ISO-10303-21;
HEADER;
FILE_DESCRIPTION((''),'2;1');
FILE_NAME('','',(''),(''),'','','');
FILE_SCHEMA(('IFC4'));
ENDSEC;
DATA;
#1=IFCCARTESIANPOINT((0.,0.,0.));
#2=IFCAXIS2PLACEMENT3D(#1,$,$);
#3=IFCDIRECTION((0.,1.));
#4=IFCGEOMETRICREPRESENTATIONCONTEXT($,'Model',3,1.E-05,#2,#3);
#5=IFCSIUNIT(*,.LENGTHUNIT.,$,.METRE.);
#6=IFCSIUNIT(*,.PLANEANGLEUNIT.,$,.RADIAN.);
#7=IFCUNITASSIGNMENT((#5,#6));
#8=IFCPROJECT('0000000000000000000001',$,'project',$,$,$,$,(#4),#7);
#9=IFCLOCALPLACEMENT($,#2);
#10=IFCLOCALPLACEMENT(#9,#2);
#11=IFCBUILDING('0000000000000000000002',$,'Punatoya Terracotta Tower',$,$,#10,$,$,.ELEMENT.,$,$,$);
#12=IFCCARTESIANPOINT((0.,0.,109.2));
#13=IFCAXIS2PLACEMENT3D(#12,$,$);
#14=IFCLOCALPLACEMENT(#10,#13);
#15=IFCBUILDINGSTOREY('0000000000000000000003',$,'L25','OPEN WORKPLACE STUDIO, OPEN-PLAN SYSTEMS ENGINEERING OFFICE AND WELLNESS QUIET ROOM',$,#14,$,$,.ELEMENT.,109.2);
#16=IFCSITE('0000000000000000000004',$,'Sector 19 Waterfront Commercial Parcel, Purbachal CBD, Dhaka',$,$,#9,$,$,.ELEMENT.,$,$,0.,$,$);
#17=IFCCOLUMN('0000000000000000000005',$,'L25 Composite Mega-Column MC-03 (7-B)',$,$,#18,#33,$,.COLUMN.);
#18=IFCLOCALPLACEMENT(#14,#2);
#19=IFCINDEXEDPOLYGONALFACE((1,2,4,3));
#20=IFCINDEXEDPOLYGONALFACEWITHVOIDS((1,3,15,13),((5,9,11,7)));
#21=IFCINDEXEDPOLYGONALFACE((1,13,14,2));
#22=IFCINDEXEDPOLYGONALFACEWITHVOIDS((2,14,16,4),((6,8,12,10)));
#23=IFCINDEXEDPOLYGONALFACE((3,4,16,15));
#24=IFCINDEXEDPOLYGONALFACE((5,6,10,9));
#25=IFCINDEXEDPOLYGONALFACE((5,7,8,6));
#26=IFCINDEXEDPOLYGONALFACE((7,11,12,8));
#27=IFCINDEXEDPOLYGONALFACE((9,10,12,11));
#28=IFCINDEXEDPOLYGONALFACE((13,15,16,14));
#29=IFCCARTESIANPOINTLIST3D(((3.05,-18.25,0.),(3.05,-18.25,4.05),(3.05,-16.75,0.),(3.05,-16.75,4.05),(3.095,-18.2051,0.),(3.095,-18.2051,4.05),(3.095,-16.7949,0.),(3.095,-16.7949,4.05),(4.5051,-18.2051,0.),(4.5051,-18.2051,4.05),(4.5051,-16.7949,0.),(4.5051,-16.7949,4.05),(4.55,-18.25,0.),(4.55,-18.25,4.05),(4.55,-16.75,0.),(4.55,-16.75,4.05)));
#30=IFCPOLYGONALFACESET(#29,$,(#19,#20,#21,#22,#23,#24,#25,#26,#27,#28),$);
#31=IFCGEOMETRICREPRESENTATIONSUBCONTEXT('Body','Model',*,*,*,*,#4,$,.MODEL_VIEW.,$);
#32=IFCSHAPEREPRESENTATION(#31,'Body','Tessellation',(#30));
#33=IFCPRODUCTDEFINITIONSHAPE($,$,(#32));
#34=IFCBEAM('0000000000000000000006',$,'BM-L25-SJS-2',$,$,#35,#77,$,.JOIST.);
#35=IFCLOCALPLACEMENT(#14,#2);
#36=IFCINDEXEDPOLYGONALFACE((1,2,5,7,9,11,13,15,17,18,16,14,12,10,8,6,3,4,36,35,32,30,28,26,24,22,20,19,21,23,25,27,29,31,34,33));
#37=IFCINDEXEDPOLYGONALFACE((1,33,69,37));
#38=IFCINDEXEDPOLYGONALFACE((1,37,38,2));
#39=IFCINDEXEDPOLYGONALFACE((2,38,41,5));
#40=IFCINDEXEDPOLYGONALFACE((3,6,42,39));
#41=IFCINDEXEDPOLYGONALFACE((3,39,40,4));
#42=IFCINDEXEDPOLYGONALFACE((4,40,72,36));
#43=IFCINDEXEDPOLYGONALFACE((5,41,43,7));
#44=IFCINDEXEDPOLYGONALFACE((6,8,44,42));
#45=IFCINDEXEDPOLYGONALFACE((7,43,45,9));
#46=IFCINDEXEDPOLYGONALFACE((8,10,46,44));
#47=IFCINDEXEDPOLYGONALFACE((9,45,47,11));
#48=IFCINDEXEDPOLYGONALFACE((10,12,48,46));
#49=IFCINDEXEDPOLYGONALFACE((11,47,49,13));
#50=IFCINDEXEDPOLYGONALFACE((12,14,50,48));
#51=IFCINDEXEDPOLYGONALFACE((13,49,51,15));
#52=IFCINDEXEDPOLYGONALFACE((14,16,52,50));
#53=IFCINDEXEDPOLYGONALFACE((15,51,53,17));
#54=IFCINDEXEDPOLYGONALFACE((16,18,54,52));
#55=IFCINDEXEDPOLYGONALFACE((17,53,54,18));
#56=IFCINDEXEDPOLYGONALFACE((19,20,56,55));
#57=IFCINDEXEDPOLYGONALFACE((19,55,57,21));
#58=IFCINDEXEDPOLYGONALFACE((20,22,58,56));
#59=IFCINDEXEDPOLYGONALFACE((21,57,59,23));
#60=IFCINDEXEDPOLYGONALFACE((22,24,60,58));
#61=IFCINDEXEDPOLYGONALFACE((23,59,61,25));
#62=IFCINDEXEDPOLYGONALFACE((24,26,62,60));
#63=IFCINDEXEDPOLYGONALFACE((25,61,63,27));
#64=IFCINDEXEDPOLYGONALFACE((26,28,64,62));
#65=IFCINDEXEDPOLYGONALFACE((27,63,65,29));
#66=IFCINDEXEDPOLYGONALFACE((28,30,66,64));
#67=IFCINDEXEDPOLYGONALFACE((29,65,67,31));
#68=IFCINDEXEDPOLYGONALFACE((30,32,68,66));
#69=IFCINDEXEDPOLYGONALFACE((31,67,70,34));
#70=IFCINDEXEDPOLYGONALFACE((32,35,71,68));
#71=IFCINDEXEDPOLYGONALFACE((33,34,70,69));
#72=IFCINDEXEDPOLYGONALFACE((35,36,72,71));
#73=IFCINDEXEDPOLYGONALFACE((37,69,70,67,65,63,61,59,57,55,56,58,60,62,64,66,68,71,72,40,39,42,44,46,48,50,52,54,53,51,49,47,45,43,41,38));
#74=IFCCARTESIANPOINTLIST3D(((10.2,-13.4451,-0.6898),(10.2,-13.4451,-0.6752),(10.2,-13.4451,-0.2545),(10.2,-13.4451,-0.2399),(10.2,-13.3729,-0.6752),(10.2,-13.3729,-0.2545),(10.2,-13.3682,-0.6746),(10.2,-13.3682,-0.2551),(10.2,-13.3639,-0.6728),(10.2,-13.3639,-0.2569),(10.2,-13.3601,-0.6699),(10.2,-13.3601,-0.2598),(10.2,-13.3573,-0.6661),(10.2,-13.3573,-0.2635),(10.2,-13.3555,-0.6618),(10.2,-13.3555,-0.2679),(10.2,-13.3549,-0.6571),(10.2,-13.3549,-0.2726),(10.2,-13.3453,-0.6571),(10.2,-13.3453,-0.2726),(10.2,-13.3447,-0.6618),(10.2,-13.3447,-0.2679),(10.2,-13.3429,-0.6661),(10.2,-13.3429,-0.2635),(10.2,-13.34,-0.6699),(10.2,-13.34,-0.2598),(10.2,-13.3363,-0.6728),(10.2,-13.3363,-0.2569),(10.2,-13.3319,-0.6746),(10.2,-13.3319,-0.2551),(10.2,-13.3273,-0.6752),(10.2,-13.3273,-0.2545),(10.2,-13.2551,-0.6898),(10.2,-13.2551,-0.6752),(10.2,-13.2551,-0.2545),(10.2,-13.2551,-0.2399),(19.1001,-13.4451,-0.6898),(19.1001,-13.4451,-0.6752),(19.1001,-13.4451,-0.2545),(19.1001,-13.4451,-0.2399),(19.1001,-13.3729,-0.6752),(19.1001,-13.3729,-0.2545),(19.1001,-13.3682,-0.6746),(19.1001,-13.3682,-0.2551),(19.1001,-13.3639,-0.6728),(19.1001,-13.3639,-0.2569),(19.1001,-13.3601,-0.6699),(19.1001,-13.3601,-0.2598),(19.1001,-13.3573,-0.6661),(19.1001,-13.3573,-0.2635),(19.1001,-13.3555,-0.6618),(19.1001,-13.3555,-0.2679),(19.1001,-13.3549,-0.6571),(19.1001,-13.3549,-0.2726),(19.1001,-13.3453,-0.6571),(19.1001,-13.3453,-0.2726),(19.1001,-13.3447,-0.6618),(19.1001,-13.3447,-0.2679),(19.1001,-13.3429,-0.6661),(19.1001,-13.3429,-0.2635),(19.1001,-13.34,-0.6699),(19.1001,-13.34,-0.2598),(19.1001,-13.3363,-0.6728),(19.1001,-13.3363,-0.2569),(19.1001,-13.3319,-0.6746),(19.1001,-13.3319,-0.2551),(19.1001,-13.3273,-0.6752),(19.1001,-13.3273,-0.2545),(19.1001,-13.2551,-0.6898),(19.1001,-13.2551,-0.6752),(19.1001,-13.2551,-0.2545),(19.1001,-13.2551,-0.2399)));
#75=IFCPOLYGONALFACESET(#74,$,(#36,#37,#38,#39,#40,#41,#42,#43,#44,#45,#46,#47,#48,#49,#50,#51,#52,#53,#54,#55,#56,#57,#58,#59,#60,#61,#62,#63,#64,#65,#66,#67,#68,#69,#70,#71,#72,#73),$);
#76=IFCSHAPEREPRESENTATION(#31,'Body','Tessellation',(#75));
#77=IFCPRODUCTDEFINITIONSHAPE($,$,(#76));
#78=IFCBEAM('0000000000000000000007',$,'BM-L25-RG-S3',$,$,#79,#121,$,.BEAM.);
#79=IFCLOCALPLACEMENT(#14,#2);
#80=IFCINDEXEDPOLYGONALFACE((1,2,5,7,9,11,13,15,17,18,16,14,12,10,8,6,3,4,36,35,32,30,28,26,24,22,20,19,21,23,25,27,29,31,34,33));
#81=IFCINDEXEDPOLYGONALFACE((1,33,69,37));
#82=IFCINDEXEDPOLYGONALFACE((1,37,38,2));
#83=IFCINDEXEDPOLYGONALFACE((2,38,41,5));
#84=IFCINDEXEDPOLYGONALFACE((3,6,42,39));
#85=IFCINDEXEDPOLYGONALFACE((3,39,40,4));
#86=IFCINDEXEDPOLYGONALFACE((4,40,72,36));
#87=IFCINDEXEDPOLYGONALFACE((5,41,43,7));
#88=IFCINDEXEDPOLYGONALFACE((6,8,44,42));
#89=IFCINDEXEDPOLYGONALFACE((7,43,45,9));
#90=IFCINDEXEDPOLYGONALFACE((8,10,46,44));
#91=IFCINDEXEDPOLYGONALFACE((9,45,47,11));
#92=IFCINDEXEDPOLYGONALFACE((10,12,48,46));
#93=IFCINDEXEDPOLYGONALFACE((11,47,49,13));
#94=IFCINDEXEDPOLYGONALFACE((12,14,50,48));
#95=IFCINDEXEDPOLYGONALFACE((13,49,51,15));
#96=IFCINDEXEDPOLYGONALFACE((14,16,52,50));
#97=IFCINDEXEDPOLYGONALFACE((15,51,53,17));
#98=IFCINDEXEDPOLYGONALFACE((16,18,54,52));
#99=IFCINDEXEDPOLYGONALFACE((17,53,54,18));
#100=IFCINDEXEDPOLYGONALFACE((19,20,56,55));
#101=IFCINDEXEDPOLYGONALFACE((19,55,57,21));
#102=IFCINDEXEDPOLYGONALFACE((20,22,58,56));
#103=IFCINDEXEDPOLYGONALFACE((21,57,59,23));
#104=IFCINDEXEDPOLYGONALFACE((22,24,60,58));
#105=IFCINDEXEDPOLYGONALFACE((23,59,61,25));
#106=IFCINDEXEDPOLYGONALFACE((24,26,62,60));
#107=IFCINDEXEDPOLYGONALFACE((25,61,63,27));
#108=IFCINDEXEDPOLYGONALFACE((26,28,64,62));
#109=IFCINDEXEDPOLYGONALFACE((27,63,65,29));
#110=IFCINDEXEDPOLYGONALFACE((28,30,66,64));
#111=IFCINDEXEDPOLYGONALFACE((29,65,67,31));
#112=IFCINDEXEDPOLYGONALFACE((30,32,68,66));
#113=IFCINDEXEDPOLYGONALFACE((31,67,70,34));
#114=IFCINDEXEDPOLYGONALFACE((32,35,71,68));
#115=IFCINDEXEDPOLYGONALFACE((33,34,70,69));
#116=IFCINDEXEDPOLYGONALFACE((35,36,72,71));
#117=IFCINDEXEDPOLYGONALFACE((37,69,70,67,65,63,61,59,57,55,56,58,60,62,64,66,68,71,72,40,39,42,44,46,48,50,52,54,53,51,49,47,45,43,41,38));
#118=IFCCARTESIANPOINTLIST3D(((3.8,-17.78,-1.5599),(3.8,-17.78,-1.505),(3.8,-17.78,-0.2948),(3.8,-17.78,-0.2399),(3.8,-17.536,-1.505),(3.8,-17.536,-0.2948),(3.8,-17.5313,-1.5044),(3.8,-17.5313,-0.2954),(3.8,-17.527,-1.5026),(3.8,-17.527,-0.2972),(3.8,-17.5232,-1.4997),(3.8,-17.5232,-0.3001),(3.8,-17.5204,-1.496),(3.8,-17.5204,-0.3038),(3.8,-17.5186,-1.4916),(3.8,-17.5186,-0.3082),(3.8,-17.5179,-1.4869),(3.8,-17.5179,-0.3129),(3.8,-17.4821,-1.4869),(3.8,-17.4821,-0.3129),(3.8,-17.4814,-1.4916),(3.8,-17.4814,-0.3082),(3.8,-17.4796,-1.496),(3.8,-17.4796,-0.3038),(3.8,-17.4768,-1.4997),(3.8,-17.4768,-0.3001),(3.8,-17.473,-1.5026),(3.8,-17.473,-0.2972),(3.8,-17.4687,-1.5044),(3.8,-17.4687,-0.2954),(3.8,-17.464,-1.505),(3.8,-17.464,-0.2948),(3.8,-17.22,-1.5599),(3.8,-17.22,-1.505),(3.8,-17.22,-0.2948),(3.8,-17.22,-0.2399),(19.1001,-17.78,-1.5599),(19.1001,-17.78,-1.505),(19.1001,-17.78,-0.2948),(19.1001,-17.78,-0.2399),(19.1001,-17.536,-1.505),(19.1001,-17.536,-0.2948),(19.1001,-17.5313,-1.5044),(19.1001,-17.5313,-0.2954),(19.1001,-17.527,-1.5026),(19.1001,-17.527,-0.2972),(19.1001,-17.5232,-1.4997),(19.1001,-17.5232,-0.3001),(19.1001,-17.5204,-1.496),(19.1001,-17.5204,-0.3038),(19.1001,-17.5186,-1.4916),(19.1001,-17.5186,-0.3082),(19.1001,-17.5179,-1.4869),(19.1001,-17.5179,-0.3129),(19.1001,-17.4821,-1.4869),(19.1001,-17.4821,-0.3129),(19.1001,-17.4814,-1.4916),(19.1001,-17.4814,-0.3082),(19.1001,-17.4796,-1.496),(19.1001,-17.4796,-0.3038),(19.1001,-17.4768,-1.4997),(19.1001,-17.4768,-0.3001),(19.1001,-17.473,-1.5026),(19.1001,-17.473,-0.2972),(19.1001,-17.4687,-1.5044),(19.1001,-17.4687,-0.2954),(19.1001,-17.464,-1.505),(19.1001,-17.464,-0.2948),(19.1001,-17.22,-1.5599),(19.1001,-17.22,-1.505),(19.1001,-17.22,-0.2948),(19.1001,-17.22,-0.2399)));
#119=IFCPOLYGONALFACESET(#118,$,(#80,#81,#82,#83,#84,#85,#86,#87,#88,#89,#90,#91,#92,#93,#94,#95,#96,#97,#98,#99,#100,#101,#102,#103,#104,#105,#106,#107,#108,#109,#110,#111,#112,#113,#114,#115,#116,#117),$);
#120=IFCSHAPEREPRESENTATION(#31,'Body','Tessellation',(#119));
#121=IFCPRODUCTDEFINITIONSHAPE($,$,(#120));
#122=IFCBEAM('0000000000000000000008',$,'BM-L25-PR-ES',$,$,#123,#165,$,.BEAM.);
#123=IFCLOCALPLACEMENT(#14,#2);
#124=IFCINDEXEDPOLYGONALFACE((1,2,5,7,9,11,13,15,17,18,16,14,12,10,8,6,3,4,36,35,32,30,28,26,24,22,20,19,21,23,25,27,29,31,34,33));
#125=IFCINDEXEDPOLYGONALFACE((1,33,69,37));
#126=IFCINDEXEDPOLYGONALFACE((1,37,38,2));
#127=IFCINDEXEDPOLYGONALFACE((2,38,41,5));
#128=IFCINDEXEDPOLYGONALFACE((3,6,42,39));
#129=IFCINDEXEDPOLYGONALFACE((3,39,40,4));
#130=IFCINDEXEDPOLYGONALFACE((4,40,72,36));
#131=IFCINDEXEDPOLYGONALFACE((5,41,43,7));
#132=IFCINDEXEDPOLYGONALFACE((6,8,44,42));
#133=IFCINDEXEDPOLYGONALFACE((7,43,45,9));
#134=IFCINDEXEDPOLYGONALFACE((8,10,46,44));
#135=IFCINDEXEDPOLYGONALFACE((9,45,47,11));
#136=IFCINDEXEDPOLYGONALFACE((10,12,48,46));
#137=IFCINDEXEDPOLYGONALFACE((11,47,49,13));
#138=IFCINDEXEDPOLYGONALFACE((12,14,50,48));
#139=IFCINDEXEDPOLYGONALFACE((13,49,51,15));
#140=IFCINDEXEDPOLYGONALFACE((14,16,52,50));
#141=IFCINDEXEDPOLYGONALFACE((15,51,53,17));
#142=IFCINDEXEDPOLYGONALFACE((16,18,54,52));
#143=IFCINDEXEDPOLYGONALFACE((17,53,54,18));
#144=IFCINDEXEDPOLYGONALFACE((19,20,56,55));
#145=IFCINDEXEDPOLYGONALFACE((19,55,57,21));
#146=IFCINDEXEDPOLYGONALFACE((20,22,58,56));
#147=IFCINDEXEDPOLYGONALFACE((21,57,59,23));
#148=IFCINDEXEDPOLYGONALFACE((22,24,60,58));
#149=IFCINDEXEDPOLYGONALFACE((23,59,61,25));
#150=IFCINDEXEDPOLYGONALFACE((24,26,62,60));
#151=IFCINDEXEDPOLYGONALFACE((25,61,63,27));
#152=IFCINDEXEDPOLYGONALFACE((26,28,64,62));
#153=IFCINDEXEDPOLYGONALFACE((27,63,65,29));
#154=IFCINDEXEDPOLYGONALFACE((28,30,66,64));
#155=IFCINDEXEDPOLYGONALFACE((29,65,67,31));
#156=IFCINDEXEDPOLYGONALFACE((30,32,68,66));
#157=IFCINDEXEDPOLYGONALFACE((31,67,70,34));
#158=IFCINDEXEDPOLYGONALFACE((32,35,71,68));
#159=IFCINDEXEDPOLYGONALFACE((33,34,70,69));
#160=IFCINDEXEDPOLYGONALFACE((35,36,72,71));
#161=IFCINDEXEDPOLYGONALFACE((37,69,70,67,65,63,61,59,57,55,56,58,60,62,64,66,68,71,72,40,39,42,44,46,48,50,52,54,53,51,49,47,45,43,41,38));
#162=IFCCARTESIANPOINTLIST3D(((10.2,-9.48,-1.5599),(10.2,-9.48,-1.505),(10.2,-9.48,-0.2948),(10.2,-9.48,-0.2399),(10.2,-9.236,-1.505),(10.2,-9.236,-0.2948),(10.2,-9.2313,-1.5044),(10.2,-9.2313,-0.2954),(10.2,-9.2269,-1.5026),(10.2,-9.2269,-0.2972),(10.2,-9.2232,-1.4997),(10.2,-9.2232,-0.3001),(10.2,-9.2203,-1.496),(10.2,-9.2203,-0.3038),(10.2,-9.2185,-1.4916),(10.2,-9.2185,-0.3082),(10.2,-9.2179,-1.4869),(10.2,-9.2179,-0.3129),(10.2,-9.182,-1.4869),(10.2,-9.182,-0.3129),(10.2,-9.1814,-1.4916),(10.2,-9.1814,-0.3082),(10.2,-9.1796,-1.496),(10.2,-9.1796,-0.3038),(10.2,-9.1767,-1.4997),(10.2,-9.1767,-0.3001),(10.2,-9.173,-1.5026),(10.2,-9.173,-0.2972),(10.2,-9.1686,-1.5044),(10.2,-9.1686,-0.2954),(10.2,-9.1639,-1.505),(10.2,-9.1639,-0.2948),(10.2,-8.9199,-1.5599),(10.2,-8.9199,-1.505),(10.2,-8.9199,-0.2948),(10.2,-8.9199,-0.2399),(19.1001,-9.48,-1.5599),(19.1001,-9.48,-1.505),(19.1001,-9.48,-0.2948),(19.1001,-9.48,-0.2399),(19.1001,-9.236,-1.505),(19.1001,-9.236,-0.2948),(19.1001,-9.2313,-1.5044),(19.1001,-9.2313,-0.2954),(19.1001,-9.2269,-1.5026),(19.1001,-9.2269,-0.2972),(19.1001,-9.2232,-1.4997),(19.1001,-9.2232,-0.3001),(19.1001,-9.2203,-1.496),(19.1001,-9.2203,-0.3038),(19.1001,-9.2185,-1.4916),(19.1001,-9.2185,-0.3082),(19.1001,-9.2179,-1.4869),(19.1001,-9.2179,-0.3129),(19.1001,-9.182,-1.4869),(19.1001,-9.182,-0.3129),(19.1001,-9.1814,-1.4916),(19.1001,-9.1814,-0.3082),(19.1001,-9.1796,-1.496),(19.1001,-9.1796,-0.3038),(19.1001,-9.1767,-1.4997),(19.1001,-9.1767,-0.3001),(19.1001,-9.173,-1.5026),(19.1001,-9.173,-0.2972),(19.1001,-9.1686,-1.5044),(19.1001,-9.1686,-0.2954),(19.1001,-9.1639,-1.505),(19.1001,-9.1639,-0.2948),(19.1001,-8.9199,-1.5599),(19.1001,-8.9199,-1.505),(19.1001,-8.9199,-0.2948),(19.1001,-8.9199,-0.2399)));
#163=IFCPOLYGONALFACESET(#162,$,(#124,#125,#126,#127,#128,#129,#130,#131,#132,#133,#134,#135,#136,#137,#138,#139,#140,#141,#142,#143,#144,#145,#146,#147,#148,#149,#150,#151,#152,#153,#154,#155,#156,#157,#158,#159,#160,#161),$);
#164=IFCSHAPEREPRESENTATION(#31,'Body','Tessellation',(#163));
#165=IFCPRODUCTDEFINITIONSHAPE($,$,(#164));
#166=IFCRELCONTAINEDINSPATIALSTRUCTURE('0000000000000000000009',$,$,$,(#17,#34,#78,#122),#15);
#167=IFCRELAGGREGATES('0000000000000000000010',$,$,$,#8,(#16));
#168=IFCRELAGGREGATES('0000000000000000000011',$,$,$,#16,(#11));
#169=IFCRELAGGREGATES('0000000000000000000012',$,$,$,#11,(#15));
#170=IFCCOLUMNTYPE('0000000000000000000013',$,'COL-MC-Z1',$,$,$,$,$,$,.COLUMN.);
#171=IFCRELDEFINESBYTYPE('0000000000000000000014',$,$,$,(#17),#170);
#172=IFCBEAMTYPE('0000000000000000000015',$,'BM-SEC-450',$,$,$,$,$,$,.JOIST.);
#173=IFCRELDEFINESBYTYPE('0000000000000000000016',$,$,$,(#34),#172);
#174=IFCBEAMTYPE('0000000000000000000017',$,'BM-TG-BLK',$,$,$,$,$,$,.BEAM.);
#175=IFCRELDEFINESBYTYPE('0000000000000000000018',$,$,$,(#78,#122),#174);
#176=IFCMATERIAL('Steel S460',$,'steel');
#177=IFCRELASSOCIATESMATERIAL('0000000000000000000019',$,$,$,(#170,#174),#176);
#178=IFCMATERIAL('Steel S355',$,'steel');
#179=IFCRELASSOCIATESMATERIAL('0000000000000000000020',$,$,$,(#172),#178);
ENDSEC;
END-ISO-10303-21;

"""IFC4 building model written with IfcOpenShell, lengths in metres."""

from ifc_helpers import new_model, si_unit, direction, frame, origin, origin_2d, place, context, subcontext, project, spatial, hollow_rectangle, i_section, extrude, material, material_profile, profile_set, type_object, element, save


model = new_model("IFC4")

# Units and contexts
model_context = context("Model", 3, precision=1e-05, world=origin(), true_north=direction((0.0, 1.0)))
body_context = subcontext(model_context, "Body", "Model", "MODEL_VIEW")
ifc_project = project(units=[si_unit("LENGTHUNIT", "METRE"), si_unit("PLANEANGLEUNIT", "RADIAN")], contexts=[model_context])

# Site, building, storey
site_placement = place(None, origin())
site = spatial("IfcSite", under=ifc_project, at=site_placement, Name="Sector 19 Waterfront Commercial Parcel, Purbachal CBD, Dhaka", CompositionType="ELEMENT", RefElevation=0.0)
building_placement = place(site_placement, origin())
building = spatial("IfcBuilding", under=site, at=building_placement, Name="Punatoya Terracotta Tower", CompositionType="ELEMENT")
storey_placement = place(building_placement, frame((0.0, 0.0, 109.2)))
storey = spatial("IfcBuildingStorey", under=building, at=storey_placement, Name="L25", Description="OPEN WORKPLACE STUDIO, OPEN-PLAN SYSTEMS ENGINEERING OFFICE AND WELLNESS QUIET ROOM", CompositionType="ELEMENT", Elevation=109.2)

# Column
ifc_material_1 = material(Name="Steel S460", Category="steel")
ifc_material_profile_1 = material_profile(ifc_material_1, hollow_rectangle(XDim=1.5, YDim=1.5, WallThickness=0.0449, at=origin_2d()))
ifc_profile_set_1 = profile_set([ifc_material_profile_1], Name="Steel S460")
column_type = type_object("IfcColumnType", Name="COL-MC-Z1", PredefinedType="COLUMN", material=ifc_profile_set_1)
column_placement = place(storey_placement, frame((3.8, -17.5, 0.0), z_axis=(0.0, 0.0, 1.0), x_axis=(1.0, 0.0, 0.0)))
element("IfcColumn", 1, at=column_placement, inside=storey, type_object=column_type, Name="L25 Composite Mega-Column MC-03 (7-B)", PredefinedType="COLUMN", context=body_context, shape_type="SweptSolid", body=[
    extrude(hollow_rectangle(XDim=1.5, YDim=1.5, WallThickness=0.0449, at=origin_2d()), origin(), (0.0, 0.0, 1.0), 4.05),
])

# Beams
ifc_material_2 = material(Name="Steel S355", Category="steel")
ifc_material_profile_2 = material_profile(ifc_material_2, i_section(OverallWidth=0.1899, OverallDepth=0.45, WebThickness=0.0095, FlangeThickness=0.0146, FilletRadius=0.0181, at=origin_2d()))
ifc_profile_set_2 = profile_set([ifc_material_profile_2], Name="Steel S355")
beam_type_1 = type_object("IfcBeamType", Name="BM-SEC-450", PredefinedType="JOIST", material=ifc_profile_set_2)
beam_1_placement = place(storey_placement, frame((10.2, -13.3501, -0.4648), z_axis=(1.0, 0.0, 0.0), x_axis=(0.0, 1.0, 0.0)))
element("IfcBeam", 2, at=beam_1_placement, inside=storey, type_object=beam_type_1, Name="BM-L25-SJS-2", PredefinedType="JOIST", context=body_context, shape_type="SweptSolid", body=[
    extrude(i_section(OverallWidth=0.1899, OverallDepth=0.45, WebThickness=0.0095, FlangeThickness=0.0146, FilletRadius=0.0181, at=origin_2d()), origin(), (0.0, 0.0, 1.0), 8.9001),
])
ifc_material_profile_3 = material_profile(ifc_material_1, i_section(OverallWidth=0.5601, OverallDepth=1.3201, WebThickness=0.0359, FlangeThickness=0.0549, FilletRadius=0.0181, at=origin_2d()))
ifc_profile_set_3 = profile_set([ifc_material_profile_3], Name="Steel S460")
beam_type_2 = type_object("IfcBeamType", Name="BM-TG-BLK", PredefinedType="BEAM", material=ifc_profile_set_3)
beam_2_placement = place(storey_placement, frame((3.8, -17.5, -0.8999), z_axis=(1.0, 0.0, 0.0), x_axis=(0.0, 1.0, 0.0)))
element("IfcBeam", 3, at=beam_2_placement, inside=storey, type_object=beam_type_2, Name="BM-L25-RG-S3", PredefinedType="BEAM", context=body_context, shape_type="SweptSolid", body=[
    extrude(i_section(OverallWidth=0.5601, OverallDepth=1.3201, WebThickness=0.0359, FlangeThickness=0.0549, FilletRadius=0.0181, at=origin_2d()), origin(), (0.0, 0.0, 1.0), 15.3),
])
beam_3_placement = place(storey_placement, frame((10.2, -9.2, -0.8999), z_axis=(1.0, 0.0, 0.0), x_axis=(0.0, 1.0, 0.0)))
element("IfcBeam", 4, at=beam_3_placement, inside=storey, type_object=beam_type_2, Name="BM-L25-PR-ES", PredefinedType="BEAM", context=body_context, shape_type="SweptSolid", body=[
    extrude(i_section(OverallWidth=0.5601, OverallDepth=1.3201, WebThickness=0.0359, FlangeThickness=0.0549, FilletRadius=0.0181, at=origin_2d()), origin(), (0.0, 0.0, 1.0), 8.9001),
])

save(model, "model.ifc")
